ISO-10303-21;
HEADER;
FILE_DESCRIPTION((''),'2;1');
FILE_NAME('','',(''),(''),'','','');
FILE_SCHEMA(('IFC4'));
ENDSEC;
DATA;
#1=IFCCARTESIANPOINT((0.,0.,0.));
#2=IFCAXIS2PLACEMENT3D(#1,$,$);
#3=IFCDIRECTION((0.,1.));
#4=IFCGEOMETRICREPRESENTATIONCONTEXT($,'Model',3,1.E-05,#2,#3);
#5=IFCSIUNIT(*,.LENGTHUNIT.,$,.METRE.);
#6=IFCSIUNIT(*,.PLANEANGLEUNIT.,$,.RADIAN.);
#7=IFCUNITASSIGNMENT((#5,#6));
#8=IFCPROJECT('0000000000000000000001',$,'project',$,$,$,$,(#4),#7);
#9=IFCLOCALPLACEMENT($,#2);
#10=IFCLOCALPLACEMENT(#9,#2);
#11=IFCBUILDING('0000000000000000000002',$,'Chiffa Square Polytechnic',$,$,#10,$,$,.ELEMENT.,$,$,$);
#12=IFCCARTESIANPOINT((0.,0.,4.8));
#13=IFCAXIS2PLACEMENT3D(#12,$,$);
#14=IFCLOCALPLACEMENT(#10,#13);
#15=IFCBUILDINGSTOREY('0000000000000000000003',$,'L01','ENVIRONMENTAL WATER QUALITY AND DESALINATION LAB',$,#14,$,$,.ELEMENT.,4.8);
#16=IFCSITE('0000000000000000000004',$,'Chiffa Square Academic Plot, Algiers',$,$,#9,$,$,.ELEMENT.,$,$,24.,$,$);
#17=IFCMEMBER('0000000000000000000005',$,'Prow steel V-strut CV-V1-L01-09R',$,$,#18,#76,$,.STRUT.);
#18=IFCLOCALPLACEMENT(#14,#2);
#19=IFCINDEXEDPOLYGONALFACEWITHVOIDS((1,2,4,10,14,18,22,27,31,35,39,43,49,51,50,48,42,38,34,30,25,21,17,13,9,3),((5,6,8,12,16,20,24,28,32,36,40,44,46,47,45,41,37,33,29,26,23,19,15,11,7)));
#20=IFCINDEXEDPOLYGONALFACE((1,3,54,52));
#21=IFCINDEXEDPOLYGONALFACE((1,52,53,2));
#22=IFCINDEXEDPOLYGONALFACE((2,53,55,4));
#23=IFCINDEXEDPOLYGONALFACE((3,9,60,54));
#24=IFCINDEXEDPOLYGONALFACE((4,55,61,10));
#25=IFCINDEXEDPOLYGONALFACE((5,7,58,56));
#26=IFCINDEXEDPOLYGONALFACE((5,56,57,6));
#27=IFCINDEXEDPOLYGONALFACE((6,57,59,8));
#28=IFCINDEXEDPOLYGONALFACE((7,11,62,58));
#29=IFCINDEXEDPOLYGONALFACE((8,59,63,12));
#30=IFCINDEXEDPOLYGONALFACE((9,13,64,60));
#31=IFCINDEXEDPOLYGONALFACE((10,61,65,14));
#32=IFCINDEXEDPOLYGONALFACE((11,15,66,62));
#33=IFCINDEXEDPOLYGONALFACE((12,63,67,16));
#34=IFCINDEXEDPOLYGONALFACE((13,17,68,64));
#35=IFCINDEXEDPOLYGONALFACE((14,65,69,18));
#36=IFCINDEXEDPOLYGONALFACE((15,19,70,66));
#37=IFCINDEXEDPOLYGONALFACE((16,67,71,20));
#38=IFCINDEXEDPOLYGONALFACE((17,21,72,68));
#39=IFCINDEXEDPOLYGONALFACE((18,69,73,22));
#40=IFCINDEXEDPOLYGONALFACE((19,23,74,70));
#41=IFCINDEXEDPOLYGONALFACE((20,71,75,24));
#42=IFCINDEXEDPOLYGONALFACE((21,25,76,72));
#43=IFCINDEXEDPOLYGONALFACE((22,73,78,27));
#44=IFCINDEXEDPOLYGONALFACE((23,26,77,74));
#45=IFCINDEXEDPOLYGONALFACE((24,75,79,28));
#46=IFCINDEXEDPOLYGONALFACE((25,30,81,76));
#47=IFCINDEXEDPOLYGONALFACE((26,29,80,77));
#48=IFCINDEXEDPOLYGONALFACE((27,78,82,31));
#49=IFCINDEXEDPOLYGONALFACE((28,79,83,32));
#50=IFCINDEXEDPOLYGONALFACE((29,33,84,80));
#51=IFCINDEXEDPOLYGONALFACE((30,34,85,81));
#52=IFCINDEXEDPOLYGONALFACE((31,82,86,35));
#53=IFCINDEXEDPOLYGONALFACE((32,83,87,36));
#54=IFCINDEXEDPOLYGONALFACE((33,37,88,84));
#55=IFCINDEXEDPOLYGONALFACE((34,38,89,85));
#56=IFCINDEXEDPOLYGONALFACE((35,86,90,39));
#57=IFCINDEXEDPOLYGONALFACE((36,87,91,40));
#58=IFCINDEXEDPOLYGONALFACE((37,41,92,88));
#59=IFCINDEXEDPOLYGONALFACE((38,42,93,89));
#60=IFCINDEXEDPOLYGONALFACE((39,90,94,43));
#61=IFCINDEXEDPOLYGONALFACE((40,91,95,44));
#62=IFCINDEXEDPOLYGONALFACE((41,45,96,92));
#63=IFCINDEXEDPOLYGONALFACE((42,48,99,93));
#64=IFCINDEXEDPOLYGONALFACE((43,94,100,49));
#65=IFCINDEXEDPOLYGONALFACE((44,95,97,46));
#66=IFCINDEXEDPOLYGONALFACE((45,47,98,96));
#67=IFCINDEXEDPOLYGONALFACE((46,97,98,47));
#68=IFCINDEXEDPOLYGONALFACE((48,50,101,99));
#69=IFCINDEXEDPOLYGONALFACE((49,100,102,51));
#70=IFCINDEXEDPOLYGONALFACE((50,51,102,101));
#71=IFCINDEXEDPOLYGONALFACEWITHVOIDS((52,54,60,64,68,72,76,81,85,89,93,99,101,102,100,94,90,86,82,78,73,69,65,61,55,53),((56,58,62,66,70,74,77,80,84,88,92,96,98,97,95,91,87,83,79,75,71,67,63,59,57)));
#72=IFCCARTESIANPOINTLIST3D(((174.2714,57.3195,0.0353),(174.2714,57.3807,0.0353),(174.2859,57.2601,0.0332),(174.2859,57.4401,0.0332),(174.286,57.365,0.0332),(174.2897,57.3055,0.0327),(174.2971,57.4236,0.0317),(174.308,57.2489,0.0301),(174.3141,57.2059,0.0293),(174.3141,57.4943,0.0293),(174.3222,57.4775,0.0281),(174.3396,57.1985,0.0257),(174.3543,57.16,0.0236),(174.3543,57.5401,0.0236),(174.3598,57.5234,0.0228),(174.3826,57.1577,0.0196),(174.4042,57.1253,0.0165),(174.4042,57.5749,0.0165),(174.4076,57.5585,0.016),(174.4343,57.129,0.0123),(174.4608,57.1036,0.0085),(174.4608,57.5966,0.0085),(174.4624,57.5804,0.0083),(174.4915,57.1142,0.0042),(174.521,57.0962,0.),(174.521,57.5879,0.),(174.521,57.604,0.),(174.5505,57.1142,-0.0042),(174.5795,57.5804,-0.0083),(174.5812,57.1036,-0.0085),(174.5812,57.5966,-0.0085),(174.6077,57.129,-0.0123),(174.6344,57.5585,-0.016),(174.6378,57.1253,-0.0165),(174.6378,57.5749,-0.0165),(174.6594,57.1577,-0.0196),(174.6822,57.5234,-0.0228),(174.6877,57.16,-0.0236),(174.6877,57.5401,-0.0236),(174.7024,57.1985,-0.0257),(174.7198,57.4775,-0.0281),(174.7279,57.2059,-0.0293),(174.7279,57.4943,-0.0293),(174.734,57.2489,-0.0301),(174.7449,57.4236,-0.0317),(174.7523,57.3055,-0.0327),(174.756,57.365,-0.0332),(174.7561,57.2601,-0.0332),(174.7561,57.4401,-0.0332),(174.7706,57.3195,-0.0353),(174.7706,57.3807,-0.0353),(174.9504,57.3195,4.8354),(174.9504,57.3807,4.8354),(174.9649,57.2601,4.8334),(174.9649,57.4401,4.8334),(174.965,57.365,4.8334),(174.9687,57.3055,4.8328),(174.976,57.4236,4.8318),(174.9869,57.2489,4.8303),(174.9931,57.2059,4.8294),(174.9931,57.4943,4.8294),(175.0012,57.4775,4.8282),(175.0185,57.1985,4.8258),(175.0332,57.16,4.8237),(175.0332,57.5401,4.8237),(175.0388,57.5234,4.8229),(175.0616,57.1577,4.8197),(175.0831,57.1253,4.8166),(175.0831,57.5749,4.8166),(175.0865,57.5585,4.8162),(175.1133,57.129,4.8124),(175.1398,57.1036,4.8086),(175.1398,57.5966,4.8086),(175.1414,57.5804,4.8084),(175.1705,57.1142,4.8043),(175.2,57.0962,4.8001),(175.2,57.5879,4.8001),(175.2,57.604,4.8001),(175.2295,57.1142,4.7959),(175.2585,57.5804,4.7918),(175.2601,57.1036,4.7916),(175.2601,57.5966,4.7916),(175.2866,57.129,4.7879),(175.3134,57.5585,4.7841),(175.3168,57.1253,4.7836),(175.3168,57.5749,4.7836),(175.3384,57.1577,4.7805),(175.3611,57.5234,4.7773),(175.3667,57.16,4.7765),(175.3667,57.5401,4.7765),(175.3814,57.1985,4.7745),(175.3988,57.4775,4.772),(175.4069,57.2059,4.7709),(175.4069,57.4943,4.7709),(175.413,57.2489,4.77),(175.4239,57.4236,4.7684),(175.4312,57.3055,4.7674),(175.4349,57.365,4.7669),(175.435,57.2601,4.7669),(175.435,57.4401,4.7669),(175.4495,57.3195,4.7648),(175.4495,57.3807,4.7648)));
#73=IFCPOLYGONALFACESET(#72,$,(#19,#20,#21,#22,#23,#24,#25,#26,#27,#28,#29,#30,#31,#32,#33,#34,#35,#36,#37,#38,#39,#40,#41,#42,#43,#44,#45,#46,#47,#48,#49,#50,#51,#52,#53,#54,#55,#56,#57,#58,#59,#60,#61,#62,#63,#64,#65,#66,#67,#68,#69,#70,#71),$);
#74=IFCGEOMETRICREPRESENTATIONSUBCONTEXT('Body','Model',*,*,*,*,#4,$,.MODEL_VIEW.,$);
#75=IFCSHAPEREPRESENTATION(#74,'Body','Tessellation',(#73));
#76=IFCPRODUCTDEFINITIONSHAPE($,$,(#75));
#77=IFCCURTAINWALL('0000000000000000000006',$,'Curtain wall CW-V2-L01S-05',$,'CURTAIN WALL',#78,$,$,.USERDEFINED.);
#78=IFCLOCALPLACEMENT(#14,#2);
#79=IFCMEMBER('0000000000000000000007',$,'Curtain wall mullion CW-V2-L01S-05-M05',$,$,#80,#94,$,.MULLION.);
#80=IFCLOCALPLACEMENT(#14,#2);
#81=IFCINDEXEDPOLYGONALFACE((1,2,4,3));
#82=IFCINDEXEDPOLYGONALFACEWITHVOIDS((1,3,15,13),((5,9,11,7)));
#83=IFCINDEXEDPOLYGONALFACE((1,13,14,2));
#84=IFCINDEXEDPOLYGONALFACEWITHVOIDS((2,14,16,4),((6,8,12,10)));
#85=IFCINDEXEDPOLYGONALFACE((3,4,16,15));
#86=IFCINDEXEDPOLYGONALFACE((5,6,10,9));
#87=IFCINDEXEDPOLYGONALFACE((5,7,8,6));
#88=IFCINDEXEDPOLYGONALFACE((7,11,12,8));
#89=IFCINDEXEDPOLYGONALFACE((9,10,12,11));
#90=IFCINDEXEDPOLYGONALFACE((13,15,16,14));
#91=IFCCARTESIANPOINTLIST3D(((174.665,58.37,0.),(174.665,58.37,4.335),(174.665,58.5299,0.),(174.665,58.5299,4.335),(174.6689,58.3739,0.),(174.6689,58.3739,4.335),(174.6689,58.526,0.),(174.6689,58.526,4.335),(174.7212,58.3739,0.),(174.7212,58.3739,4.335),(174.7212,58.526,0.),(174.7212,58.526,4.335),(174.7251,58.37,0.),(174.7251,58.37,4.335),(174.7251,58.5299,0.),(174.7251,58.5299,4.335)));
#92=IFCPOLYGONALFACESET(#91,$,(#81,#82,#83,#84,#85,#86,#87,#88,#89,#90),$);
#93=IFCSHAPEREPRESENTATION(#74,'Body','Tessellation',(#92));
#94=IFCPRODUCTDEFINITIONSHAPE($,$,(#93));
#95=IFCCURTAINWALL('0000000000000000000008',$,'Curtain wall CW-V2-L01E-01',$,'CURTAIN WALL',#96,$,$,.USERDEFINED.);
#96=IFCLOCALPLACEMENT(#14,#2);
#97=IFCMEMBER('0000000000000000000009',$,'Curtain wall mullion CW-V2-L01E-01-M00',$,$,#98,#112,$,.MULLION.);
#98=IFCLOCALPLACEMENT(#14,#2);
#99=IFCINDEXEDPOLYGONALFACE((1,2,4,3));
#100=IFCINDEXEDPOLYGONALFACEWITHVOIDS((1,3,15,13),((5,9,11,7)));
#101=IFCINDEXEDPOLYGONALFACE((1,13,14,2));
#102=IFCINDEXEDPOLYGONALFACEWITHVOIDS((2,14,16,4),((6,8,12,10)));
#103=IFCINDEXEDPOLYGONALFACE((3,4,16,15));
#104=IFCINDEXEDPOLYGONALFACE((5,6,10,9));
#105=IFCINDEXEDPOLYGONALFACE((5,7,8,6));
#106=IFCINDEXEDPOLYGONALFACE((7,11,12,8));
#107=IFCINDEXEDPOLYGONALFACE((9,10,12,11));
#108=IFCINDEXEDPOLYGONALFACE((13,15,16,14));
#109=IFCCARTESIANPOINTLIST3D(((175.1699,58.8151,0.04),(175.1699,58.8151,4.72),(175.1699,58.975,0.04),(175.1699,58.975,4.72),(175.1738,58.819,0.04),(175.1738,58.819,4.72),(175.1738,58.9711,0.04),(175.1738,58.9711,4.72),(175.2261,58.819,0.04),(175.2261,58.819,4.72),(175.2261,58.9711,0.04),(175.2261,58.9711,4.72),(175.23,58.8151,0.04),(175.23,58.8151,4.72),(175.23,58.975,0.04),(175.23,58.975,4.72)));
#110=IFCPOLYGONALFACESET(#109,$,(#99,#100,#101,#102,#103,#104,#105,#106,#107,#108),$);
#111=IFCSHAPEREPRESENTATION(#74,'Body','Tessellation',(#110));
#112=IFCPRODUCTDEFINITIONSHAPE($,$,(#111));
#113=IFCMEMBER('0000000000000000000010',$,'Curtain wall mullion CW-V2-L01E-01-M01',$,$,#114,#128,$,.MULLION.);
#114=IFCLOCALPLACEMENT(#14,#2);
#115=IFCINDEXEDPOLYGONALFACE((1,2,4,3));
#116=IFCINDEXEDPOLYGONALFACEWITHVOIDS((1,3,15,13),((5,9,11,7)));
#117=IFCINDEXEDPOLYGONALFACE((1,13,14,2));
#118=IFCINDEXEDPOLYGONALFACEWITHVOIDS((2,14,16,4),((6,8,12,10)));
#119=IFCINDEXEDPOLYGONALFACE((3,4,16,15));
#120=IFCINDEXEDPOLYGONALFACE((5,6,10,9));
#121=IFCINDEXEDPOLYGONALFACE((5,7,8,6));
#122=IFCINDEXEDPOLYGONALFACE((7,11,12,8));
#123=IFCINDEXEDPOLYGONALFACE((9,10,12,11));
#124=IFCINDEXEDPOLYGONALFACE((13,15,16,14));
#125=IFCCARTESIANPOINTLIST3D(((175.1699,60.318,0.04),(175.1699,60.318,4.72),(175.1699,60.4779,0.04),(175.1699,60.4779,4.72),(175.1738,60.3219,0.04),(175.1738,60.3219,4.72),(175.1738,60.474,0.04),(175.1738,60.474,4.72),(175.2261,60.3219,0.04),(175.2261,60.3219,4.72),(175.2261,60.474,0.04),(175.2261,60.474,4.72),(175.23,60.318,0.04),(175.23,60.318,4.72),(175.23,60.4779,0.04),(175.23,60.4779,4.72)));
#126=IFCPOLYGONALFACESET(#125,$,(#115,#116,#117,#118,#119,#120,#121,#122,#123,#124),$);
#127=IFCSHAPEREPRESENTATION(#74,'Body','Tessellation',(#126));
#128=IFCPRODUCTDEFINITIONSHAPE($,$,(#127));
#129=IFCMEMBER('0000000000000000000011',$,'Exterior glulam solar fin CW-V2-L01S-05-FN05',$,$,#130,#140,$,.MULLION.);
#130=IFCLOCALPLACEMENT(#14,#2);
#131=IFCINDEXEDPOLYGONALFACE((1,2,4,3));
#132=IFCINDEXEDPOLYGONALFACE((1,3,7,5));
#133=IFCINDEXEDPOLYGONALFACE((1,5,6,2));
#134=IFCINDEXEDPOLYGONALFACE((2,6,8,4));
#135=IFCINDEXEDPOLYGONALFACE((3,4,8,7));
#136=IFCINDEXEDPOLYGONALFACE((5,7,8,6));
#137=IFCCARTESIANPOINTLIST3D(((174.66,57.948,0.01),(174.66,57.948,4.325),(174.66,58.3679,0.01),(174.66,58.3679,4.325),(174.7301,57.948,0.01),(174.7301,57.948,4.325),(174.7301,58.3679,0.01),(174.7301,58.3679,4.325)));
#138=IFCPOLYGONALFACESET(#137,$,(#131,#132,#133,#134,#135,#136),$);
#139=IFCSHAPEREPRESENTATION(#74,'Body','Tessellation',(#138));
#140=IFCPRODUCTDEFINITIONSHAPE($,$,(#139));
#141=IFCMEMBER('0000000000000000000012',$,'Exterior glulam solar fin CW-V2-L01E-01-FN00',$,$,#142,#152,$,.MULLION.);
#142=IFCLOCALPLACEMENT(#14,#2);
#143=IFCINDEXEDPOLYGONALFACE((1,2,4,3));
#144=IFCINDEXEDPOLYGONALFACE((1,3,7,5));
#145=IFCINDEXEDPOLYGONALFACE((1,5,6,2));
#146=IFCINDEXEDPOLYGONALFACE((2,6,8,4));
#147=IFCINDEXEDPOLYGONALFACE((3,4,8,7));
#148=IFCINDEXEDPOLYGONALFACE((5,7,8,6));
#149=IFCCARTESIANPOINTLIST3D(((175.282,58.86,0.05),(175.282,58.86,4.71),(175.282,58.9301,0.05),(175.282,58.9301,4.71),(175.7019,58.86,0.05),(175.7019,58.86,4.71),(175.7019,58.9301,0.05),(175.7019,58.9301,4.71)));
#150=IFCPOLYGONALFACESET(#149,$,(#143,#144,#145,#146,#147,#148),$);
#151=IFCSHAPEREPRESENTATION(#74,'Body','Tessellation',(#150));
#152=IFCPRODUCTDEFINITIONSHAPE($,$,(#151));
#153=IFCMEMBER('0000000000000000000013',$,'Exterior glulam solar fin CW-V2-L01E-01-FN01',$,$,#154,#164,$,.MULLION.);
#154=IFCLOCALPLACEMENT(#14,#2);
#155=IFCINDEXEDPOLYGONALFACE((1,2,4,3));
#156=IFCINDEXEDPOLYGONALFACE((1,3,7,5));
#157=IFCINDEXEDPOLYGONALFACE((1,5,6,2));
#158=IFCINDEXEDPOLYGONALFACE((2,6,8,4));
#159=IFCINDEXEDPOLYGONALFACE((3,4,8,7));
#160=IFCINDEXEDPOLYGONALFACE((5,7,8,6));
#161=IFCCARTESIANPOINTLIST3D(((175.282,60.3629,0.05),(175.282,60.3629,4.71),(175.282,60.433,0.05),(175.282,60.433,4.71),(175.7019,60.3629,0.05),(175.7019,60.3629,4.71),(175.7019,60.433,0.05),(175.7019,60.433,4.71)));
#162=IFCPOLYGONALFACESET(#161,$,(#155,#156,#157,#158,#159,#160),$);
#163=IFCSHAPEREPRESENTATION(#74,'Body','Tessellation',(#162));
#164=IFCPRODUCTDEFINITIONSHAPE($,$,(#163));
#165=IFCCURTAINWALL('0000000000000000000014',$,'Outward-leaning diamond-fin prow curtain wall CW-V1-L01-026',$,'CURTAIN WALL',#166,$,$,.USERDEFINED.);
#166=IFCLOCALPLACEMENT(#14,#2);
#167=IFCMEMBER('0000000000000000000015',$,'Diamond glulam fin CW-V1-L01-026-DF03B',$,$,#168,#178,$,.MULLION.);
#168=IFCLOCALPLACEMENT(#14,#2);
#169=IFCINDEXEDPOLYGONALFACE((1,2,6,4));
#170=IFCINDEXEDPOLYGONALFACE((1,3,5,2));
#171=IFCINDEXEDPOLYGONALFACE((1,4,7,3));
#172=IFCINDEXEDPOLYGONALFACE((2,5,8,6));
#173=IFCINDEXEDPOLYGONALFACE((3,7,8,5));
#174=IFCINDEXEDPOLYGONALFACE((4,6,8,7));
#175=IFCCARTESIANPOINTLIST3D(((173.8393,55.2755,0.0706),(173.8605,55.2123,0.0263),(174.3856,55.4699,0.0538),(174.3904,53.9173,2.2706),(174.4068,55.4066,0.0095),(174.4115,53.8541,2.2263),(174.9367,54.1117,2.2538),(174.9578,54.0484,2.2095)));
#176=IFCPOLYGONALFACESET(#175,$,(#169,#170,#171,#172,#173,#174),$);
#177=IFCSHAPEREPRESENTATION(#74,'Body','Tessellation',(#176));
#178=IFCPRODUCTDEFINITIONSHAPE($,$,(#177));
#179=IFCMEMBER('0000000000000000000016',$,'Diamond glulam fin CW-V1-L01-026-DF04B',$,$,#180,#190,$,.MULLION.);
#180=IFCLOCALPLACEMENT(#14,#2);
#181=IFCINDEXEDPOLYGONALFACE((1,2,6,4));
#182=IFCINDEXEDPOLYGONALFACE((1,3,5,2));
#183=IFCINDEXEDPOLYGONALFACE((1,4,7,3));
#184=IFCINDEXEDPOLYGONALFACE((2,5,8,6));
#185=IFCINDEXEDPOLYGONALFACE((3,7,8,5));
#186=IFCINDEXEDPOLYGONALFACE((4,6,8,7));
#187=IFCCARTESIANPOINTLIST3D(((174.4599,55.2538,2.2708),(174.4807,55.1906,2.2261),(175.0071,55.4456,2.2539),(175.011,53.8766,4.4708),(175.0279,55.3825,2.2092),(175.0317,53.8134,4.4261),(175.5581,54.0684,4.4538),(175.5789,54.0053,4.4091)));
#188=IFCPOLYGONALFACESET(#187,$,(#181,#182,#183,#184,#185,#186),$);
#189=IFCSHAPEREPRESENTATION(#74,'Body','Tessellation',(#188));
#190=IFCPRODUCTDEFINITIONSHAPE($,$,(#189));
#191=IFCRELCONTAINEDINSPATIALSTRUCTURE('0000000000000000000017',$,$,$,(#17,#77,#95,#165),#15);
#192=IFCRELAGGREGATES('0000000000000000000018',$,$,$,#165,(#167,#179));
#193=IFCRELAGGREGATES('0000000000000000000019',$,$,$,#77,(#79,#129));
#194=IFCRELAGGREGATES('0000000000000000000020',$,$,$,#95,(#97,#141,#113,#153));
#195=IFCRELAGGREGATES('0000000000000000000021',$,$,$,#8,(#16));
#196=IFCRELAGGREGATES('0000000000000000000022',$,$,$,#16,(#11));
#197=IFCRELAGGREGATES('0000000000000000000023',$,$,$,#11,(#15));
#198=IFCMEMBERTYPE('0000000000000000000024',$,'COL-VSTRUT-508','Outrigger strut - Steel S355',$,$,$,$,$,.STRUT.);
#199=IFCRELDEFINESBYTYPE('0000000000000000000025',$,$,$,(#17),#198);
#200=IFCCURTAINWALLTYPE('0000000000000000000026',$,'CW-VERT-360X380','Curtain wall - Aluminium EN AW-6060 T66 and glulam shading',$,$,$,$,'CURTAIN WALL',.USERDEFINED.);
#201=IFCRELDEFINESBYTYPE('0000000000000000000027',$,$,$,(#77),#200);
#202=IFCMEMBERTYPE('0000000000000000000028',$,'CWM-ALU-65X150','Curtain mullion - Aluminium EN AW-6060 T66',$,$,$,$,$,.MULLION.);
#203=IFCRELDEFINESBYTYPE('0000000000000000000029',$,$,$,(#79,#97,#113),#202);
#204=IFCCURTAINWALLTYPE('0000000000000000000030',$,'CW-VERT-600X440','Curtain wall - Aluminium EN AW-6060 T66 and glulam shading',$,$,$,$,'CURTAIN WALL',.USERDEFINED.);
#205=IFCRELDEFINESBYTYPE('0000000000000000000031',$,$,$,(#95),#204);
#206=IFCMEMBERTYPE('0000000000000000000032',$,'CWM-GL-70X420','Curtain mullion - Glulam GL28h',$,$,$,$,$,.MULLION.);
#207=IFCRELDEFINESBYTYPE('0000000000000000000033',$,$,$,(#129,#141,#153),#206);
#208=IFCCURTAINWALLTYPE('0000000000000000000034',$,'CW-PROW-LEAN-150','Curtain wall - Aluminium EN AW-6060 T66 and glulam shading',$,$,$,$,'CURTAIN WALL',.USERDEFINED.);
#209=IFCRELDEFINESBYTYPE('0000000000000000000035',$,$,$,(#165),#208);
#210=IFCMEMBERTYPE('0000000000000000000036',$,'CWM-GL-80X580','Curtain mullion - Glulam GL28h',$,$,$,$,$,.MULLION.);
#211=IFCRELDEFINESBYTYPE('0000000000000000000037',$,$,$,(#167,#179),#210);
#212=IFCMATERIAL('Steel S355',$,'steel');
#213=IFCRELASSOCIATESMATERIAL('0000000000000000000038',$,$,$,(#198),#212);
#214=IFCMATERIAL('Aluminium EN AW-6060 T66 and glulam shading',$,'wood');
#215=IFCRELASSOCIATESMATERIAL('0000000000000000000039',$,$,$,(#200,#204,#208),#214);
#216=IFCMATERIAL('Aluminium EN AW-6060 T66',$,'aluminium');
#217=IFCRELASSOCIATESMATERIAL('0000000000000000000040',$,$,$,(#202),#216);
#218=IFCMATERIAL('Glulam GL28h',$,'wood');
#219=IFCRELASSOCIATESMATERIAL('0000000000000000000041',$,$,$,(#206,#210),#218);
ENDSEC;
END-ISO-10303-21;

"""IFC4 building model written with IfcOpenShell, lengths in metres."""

from ifc_helpers import new_model, si_unit, direction, frame, origin, origin_2d, place, context, subcontext, project, spatial, rectangle, hollow_rectangle, hollow_circle, extrude, material, material_profile, profile_set, type_object, element, aggregate, save


model = new_model("IFC4")

# Units and contexts
model_context = context("Model", 3, precision=1e-05, world=origin(), true_north=direction((0.0, 1.0)))
body_context = subcontext(model_context, "Body", "Model", "MODEL_VIEW")
ifc_project = project(units=[si_unit("LENGTHUNIT", "METRE"), si_unit("PLANEANGLEUNIT", "RADIAN")], contexts=[model_context])

# Site, building, storey
site_placement = place(None, origin())
site = spatial("IfcSite", under=ifc_project, at=site_placement, Name="Chiffa Square Academic Plot, Algiers", CompositionType="ELEMENT", RefElevation=24.0)
building_placement = place(site_placement, origin())
building = spatial("IfcBuilding", under=site, at=building_placement, Name="Chiffa Square Polytechnic", CompositionType="ELEMENT")
storey_placement = place(building_placement, frame((0.0, 0.0, 4.8)))
storey = spatial("IfcBuildingStorey", under=building, at=storey_placement, Name="L01", Description="ENVIRONMENTAL WATER QUALITY AND DESALINATION LAB", CompositionType="ELEMENT", Elevation=4.8)

# Shared definitions
ifc_material_1 = material(Name="Steel S355", Category="steel")

# Member
ifc_material_profile_1 = material_profile(ifc_material_1, hollow_circle(Radius=0.2539, WallThickness=0.0161, at=origin_2d()), Name="CHS 508x16")
ifc_profile_set_1 = profile_set([ifc_material_profile_1], Name="Steel S355")
member_type_1 = type_object("IfcMemberType", Name="COL-VSTRUT-508", Description="Outrigger strut - Steel S355", PredefinedType="STRUT", material=ifc_profile_set_1)
member_1_placement = place(storey_placement, frame((174.521, 57.3501, 0.0), z_axis=(0.140053, 0.0, 0.990144), x_axis=(0.0, 1.0, 0.0)))
element("IfcMember", 1, at=member_1_placement, inside=storey, type_object=member_type_1, Name="Prow steel V-strut CV-V1-L01-09R", PredefinedType="STRUT", context=body_context, shape_type="SweptSolid", body=[
    extrude(hollow_circle(Radius=0.2539, WallThickness=0.0161, at=origin_2d()), origin(), (0.0, 0.0, 1.0), 4.8479),
])

# Curtain wall, member
ifc_material_2 = material(Name="Aluminium EN AW-6060 T66 and glulam shading", Category="wood")
curtain_wall_type_1 = type_object("IfcCurtainWallType", Name="CW-VERT-360X380", Description="Curtain wall - Aluminium EN AW-6060 T66 and glulam shading", ElementType="CURTAIN WALL", PredefinedType="USERDEFINED", material=ifc_material_2)
curtain_wall_1_placement = place(storey_placement, origin())
curtain_wall_1 = element("IfcCurtainWall", 2, at=curtain_wall_1_placement, inside=storey, type_object=curtain_wall_type_1, Name="Curtain wall CW-V2-L01S-05", ObjectType="CURTAIN WALL", PredefinedType="USERDEFINED")
ifc_material_3 = material(Name="Aluminium EN AW-6060 T66", Category="aluminium")
ifc_material_profile_2 = material_profile(ifc_material_3, hollow_rectangle(XDim=0.0601, YDim=0.1599, WallThickness=0.0039, at=origin_2d()), Name="ALU 60x160x4")
ifc_profile_set_2 = profile_set([ifc_material_profile_2], Name="Aluminium EN AW-6060 T66")
member_type_2 = type_object("IfcMemberType", Name="CWM-ALU-65X150", Description="Curtain mullion - Aluminium EN AW-6060 T66", PredefinedType="MULLION", material=ifc_profile_set_2)
member_2_placement = place(storey_placement, frame((174.6951, 58.45, 0.0), z_axis=(0.0, 0.0, 1.0), x_axis=(1.0, 0.0, 0.0)))
member_2 = element("IfcMember", 3, at=member_2_placement, type_object=member_type_2, Name="Curtain wall mullion CW-V2-L01S-05-M05", PredefinedType="MULLION", context=body_context, shape_type="SweptSolid", body=[
    extrude(hollow_rectangle(XDim=0.0601, YDim=0.1599, WallThickness=0.0039, at=origin_2d()), origin(), (0.0, 0.0, 1.0), 4.335),
])

# Curtain wall, members
curtain_wall_type_2 = type_object("IfcCurtainWallType", Name="CW-VERT-600X440", Description="Curtain wall - Aluminium EN AW-6060 T66 and glulam shading", ElementType="CURTAIN WALL", PredefinedType="USERDEFINED", material=ifc_material_2)
curtain_wall_2_placement = place(storey_placement, origin())
curtain_wall_2 = element("IfcCurtainWall", 4, at=curtain_wall_2_placement, inside=storey, type_object=curtain_wall_type_2, Name="Curtain wall CW-V2-L01E-01", ObjectType="CURTAIN WALL", PredefinedType="USERDEFINED")
member_3_placement = place(storey_placement, frame((175.2, 58.895, 0.04), z_axis=(0.0, 0.0, 1.0), x_axis=(1.0, 0.0, 0.0)))
member_3 = element("IfcMember", 5, at=member_3_placement, type_object=member_type_2, Name="Curtain wall mullion CW-V2-L01E-01-M00", PredefinedType="MULLION", context=body_context, shape_type="SweptSolid", body=[
    extrude(hollow_rectangle(XDim=0.0601, YDim=0.1599, WallThickness=0.0039, at=origin_2d()), origin(), (0.0, 0.0, 1.0), 4.6799),
])
member_4_placement = place(storey_placement, frame((175.2, 60.3979, 0.04), z_axis=(0.0, 0.0, 1.0), x_axis=(1.0, 0.0, 0.0)))
member_4 = element("IfcMember", 6, at=member_4_placement, type_object=member_type_2, Name="Curtain wall mullion CW-V2-L01E-01-M01", PredefinedType="MULLION", context=body_context, shape_type="SweptSolid", body=[
    extrude(hollow_rectangle(XDim=0.0601, YDim=0.1599, WallThickness=0.0039, at=origin_2d()), origin(), (0.0, 0.0, 1.0), 4.6799),
])

# Members
ifc_material_4 = material(Name="Glulam GL28h", Category="wood")
ifc_material_profile_3 = material_profile(ifc_material_4, rectangle(XDim=0.0701, YDim=0.4199, at=origin_2d()), Name="GL28h 70x420")
ifc_profile_set_3 = profile_set([ifc_material_profile_3], Name="Glulam GL28h")
member_type_3 = type_object("IfcMemberType", Name="CWM-GL-70X420", Description="Curtain mullion - Glulam GL28h", PredefinedType="MULLION", material=ifc_profile_set_3)
member_5_placement = place(storey_placement, frame((174.6951, 58.158, 0.01), z_axis=(0.0, 0.0, 1.0), x_axis=(1.0, 0.0, 0.0)))
member_5 = element("IfcMember", 7, at=member_5_placement, type_object=member_type_3, Name="Exterior glulam solar fin CW-V2-L01S-05-FN05", PredefinedType="MULLION", context=body_context, shape_type="SweptSolid", body=[
    extrude(rectangle(XDim=0.0701, YDim=0.4199, at=origin_2d()), origin(), (0.0, 0.0, 1.0), 4.3149),
])
member_6_placement = place(storey_placement, frame((175.4919, 58.895, 0.05), z_axis=(0.0, 0.0, 1.0), x_axis=(0.0, 1.0, 0.0)))
member_6 = element("IfcMember", 8, at=member_6_placement, type_object=member_type_3, Name="Exterior glulam solar fin CW-V2-L01E-01-FN00", PredefinedType="MULLION", context=body_context, shape_type="SweptSolid", body=[
    extrude(rectangle(XDim=0.0701, YDim=0.4199, at=origin_2d()), origin(), (0.0, 0.0, 1.0), 4.6599),
])
member_7_placement = place(storey_placement, frame((175.4919, 60.3979, 0.05), z_axis=(0.0, 0.0, 1.0), x_axis=(0.0, 1.0, 0.0)))
member_7 = element("IfcMember", 9, at=member_7_placement, type_object=member_type_3, Name="Exterior glulam solar fin CW-V2-L01E-01-FN01", PredefinedType="MULLION", context=body_context, shape_type="SweptSolid", body=[
    extrude(rectangle(XDim=0.0701, YDim=0.4199, at=origin_2d()), origin(), (0.0, 0.0, 1.0), 4.6599),
])

# Curtain wall, members
curtain_wall_type_3 = type_object("IfcCurtainWallType", Name="CW-PROW-LEAN-150", Description="Curtain wall - Aluminium EN AW-6060 T66 and glulam shading", ElementType="CURTAIN WALL", PredefinedType="USERDEFINED", material=ifc_material_2)
curtain_wall_3_placement = place(storey_placement, origin())
curtain_wall_3 = element("IfcCurtainWall", 10, at=curtain_wall_3_placement, inside=storey, type_object=curtain_wall_type_3, Name="Outward-leaning diamond-fin prow curtain wall CW-V1-L01-026", ObjectType="CURTAIN WALL", PredefinedType="USERDEFINED")
ifc_material_profile_4 = material_profile(ifc_material_4, rectangle(XDim=0.0801, YDim=0.5801, at=origin_2d()), Name="GL28h 80x580")
ifc_profile_set_4 = profile_set([ifc_material_profile_4], Name="Glulam GL28h")
member_type_4 = type_object("IfcMemberType", Name="CWM-GL-80X580", Description="Curtain mullion - Glulam GL28h", PredefinedType="MULLION", material=ifc_profile_set_4)
member_8_placement = place(storey_placement, frame((174.123, 55.3411, 0.04), z_axis=(0.208447, -0.513775, 0.832217), x_axis=(-0.263949, 0.789784, 0.55369)))
member_8 = element("IfcMember", 11, at=member_8_placement, type_object=member_type_4, Name="Diamond glulam fin CW-V1-L01-026-DF03B", PredefinedType="MULLION", context=body_context, shape_type="SweptSolid", body=[
    extrude(rectangle(XDim=0.0801, YDim=0.5801, at=origin_2d()), origin(), (0.0, 0.0, 1.0), 2.6436),
])
member_9_placement = place(storey_placement, frame((174.7439, 55.3181, 2.24), z_axis=(0.207674, -0.519048, 0.829133), x_axis=(-0.25899, 0.788189, 0.558286)))
member_9 = element("IfcMember", 12, at=member_9_placement, type_object=member_type_4, Name="Diamond glulam fin CW-V1-L01-026-DF04B", PredefinedType="MULLION", context=body_context, shape_type="SweptSolid", body=[
    extrude(rectangle(XDim=0.0801, YDim=0.5801, at=origin_2d()), origin(), (0.0, 0.0, 1.0), 2.6533),
])

aggregate(curtain_wall_3, [member_8, member_9])
aggregate(curtain_wall_1, [member_2, member_5])
aggregate(curtain_wall_2, [member_3, member_6, member_4, member_7])

save(model, "model.ifc")
